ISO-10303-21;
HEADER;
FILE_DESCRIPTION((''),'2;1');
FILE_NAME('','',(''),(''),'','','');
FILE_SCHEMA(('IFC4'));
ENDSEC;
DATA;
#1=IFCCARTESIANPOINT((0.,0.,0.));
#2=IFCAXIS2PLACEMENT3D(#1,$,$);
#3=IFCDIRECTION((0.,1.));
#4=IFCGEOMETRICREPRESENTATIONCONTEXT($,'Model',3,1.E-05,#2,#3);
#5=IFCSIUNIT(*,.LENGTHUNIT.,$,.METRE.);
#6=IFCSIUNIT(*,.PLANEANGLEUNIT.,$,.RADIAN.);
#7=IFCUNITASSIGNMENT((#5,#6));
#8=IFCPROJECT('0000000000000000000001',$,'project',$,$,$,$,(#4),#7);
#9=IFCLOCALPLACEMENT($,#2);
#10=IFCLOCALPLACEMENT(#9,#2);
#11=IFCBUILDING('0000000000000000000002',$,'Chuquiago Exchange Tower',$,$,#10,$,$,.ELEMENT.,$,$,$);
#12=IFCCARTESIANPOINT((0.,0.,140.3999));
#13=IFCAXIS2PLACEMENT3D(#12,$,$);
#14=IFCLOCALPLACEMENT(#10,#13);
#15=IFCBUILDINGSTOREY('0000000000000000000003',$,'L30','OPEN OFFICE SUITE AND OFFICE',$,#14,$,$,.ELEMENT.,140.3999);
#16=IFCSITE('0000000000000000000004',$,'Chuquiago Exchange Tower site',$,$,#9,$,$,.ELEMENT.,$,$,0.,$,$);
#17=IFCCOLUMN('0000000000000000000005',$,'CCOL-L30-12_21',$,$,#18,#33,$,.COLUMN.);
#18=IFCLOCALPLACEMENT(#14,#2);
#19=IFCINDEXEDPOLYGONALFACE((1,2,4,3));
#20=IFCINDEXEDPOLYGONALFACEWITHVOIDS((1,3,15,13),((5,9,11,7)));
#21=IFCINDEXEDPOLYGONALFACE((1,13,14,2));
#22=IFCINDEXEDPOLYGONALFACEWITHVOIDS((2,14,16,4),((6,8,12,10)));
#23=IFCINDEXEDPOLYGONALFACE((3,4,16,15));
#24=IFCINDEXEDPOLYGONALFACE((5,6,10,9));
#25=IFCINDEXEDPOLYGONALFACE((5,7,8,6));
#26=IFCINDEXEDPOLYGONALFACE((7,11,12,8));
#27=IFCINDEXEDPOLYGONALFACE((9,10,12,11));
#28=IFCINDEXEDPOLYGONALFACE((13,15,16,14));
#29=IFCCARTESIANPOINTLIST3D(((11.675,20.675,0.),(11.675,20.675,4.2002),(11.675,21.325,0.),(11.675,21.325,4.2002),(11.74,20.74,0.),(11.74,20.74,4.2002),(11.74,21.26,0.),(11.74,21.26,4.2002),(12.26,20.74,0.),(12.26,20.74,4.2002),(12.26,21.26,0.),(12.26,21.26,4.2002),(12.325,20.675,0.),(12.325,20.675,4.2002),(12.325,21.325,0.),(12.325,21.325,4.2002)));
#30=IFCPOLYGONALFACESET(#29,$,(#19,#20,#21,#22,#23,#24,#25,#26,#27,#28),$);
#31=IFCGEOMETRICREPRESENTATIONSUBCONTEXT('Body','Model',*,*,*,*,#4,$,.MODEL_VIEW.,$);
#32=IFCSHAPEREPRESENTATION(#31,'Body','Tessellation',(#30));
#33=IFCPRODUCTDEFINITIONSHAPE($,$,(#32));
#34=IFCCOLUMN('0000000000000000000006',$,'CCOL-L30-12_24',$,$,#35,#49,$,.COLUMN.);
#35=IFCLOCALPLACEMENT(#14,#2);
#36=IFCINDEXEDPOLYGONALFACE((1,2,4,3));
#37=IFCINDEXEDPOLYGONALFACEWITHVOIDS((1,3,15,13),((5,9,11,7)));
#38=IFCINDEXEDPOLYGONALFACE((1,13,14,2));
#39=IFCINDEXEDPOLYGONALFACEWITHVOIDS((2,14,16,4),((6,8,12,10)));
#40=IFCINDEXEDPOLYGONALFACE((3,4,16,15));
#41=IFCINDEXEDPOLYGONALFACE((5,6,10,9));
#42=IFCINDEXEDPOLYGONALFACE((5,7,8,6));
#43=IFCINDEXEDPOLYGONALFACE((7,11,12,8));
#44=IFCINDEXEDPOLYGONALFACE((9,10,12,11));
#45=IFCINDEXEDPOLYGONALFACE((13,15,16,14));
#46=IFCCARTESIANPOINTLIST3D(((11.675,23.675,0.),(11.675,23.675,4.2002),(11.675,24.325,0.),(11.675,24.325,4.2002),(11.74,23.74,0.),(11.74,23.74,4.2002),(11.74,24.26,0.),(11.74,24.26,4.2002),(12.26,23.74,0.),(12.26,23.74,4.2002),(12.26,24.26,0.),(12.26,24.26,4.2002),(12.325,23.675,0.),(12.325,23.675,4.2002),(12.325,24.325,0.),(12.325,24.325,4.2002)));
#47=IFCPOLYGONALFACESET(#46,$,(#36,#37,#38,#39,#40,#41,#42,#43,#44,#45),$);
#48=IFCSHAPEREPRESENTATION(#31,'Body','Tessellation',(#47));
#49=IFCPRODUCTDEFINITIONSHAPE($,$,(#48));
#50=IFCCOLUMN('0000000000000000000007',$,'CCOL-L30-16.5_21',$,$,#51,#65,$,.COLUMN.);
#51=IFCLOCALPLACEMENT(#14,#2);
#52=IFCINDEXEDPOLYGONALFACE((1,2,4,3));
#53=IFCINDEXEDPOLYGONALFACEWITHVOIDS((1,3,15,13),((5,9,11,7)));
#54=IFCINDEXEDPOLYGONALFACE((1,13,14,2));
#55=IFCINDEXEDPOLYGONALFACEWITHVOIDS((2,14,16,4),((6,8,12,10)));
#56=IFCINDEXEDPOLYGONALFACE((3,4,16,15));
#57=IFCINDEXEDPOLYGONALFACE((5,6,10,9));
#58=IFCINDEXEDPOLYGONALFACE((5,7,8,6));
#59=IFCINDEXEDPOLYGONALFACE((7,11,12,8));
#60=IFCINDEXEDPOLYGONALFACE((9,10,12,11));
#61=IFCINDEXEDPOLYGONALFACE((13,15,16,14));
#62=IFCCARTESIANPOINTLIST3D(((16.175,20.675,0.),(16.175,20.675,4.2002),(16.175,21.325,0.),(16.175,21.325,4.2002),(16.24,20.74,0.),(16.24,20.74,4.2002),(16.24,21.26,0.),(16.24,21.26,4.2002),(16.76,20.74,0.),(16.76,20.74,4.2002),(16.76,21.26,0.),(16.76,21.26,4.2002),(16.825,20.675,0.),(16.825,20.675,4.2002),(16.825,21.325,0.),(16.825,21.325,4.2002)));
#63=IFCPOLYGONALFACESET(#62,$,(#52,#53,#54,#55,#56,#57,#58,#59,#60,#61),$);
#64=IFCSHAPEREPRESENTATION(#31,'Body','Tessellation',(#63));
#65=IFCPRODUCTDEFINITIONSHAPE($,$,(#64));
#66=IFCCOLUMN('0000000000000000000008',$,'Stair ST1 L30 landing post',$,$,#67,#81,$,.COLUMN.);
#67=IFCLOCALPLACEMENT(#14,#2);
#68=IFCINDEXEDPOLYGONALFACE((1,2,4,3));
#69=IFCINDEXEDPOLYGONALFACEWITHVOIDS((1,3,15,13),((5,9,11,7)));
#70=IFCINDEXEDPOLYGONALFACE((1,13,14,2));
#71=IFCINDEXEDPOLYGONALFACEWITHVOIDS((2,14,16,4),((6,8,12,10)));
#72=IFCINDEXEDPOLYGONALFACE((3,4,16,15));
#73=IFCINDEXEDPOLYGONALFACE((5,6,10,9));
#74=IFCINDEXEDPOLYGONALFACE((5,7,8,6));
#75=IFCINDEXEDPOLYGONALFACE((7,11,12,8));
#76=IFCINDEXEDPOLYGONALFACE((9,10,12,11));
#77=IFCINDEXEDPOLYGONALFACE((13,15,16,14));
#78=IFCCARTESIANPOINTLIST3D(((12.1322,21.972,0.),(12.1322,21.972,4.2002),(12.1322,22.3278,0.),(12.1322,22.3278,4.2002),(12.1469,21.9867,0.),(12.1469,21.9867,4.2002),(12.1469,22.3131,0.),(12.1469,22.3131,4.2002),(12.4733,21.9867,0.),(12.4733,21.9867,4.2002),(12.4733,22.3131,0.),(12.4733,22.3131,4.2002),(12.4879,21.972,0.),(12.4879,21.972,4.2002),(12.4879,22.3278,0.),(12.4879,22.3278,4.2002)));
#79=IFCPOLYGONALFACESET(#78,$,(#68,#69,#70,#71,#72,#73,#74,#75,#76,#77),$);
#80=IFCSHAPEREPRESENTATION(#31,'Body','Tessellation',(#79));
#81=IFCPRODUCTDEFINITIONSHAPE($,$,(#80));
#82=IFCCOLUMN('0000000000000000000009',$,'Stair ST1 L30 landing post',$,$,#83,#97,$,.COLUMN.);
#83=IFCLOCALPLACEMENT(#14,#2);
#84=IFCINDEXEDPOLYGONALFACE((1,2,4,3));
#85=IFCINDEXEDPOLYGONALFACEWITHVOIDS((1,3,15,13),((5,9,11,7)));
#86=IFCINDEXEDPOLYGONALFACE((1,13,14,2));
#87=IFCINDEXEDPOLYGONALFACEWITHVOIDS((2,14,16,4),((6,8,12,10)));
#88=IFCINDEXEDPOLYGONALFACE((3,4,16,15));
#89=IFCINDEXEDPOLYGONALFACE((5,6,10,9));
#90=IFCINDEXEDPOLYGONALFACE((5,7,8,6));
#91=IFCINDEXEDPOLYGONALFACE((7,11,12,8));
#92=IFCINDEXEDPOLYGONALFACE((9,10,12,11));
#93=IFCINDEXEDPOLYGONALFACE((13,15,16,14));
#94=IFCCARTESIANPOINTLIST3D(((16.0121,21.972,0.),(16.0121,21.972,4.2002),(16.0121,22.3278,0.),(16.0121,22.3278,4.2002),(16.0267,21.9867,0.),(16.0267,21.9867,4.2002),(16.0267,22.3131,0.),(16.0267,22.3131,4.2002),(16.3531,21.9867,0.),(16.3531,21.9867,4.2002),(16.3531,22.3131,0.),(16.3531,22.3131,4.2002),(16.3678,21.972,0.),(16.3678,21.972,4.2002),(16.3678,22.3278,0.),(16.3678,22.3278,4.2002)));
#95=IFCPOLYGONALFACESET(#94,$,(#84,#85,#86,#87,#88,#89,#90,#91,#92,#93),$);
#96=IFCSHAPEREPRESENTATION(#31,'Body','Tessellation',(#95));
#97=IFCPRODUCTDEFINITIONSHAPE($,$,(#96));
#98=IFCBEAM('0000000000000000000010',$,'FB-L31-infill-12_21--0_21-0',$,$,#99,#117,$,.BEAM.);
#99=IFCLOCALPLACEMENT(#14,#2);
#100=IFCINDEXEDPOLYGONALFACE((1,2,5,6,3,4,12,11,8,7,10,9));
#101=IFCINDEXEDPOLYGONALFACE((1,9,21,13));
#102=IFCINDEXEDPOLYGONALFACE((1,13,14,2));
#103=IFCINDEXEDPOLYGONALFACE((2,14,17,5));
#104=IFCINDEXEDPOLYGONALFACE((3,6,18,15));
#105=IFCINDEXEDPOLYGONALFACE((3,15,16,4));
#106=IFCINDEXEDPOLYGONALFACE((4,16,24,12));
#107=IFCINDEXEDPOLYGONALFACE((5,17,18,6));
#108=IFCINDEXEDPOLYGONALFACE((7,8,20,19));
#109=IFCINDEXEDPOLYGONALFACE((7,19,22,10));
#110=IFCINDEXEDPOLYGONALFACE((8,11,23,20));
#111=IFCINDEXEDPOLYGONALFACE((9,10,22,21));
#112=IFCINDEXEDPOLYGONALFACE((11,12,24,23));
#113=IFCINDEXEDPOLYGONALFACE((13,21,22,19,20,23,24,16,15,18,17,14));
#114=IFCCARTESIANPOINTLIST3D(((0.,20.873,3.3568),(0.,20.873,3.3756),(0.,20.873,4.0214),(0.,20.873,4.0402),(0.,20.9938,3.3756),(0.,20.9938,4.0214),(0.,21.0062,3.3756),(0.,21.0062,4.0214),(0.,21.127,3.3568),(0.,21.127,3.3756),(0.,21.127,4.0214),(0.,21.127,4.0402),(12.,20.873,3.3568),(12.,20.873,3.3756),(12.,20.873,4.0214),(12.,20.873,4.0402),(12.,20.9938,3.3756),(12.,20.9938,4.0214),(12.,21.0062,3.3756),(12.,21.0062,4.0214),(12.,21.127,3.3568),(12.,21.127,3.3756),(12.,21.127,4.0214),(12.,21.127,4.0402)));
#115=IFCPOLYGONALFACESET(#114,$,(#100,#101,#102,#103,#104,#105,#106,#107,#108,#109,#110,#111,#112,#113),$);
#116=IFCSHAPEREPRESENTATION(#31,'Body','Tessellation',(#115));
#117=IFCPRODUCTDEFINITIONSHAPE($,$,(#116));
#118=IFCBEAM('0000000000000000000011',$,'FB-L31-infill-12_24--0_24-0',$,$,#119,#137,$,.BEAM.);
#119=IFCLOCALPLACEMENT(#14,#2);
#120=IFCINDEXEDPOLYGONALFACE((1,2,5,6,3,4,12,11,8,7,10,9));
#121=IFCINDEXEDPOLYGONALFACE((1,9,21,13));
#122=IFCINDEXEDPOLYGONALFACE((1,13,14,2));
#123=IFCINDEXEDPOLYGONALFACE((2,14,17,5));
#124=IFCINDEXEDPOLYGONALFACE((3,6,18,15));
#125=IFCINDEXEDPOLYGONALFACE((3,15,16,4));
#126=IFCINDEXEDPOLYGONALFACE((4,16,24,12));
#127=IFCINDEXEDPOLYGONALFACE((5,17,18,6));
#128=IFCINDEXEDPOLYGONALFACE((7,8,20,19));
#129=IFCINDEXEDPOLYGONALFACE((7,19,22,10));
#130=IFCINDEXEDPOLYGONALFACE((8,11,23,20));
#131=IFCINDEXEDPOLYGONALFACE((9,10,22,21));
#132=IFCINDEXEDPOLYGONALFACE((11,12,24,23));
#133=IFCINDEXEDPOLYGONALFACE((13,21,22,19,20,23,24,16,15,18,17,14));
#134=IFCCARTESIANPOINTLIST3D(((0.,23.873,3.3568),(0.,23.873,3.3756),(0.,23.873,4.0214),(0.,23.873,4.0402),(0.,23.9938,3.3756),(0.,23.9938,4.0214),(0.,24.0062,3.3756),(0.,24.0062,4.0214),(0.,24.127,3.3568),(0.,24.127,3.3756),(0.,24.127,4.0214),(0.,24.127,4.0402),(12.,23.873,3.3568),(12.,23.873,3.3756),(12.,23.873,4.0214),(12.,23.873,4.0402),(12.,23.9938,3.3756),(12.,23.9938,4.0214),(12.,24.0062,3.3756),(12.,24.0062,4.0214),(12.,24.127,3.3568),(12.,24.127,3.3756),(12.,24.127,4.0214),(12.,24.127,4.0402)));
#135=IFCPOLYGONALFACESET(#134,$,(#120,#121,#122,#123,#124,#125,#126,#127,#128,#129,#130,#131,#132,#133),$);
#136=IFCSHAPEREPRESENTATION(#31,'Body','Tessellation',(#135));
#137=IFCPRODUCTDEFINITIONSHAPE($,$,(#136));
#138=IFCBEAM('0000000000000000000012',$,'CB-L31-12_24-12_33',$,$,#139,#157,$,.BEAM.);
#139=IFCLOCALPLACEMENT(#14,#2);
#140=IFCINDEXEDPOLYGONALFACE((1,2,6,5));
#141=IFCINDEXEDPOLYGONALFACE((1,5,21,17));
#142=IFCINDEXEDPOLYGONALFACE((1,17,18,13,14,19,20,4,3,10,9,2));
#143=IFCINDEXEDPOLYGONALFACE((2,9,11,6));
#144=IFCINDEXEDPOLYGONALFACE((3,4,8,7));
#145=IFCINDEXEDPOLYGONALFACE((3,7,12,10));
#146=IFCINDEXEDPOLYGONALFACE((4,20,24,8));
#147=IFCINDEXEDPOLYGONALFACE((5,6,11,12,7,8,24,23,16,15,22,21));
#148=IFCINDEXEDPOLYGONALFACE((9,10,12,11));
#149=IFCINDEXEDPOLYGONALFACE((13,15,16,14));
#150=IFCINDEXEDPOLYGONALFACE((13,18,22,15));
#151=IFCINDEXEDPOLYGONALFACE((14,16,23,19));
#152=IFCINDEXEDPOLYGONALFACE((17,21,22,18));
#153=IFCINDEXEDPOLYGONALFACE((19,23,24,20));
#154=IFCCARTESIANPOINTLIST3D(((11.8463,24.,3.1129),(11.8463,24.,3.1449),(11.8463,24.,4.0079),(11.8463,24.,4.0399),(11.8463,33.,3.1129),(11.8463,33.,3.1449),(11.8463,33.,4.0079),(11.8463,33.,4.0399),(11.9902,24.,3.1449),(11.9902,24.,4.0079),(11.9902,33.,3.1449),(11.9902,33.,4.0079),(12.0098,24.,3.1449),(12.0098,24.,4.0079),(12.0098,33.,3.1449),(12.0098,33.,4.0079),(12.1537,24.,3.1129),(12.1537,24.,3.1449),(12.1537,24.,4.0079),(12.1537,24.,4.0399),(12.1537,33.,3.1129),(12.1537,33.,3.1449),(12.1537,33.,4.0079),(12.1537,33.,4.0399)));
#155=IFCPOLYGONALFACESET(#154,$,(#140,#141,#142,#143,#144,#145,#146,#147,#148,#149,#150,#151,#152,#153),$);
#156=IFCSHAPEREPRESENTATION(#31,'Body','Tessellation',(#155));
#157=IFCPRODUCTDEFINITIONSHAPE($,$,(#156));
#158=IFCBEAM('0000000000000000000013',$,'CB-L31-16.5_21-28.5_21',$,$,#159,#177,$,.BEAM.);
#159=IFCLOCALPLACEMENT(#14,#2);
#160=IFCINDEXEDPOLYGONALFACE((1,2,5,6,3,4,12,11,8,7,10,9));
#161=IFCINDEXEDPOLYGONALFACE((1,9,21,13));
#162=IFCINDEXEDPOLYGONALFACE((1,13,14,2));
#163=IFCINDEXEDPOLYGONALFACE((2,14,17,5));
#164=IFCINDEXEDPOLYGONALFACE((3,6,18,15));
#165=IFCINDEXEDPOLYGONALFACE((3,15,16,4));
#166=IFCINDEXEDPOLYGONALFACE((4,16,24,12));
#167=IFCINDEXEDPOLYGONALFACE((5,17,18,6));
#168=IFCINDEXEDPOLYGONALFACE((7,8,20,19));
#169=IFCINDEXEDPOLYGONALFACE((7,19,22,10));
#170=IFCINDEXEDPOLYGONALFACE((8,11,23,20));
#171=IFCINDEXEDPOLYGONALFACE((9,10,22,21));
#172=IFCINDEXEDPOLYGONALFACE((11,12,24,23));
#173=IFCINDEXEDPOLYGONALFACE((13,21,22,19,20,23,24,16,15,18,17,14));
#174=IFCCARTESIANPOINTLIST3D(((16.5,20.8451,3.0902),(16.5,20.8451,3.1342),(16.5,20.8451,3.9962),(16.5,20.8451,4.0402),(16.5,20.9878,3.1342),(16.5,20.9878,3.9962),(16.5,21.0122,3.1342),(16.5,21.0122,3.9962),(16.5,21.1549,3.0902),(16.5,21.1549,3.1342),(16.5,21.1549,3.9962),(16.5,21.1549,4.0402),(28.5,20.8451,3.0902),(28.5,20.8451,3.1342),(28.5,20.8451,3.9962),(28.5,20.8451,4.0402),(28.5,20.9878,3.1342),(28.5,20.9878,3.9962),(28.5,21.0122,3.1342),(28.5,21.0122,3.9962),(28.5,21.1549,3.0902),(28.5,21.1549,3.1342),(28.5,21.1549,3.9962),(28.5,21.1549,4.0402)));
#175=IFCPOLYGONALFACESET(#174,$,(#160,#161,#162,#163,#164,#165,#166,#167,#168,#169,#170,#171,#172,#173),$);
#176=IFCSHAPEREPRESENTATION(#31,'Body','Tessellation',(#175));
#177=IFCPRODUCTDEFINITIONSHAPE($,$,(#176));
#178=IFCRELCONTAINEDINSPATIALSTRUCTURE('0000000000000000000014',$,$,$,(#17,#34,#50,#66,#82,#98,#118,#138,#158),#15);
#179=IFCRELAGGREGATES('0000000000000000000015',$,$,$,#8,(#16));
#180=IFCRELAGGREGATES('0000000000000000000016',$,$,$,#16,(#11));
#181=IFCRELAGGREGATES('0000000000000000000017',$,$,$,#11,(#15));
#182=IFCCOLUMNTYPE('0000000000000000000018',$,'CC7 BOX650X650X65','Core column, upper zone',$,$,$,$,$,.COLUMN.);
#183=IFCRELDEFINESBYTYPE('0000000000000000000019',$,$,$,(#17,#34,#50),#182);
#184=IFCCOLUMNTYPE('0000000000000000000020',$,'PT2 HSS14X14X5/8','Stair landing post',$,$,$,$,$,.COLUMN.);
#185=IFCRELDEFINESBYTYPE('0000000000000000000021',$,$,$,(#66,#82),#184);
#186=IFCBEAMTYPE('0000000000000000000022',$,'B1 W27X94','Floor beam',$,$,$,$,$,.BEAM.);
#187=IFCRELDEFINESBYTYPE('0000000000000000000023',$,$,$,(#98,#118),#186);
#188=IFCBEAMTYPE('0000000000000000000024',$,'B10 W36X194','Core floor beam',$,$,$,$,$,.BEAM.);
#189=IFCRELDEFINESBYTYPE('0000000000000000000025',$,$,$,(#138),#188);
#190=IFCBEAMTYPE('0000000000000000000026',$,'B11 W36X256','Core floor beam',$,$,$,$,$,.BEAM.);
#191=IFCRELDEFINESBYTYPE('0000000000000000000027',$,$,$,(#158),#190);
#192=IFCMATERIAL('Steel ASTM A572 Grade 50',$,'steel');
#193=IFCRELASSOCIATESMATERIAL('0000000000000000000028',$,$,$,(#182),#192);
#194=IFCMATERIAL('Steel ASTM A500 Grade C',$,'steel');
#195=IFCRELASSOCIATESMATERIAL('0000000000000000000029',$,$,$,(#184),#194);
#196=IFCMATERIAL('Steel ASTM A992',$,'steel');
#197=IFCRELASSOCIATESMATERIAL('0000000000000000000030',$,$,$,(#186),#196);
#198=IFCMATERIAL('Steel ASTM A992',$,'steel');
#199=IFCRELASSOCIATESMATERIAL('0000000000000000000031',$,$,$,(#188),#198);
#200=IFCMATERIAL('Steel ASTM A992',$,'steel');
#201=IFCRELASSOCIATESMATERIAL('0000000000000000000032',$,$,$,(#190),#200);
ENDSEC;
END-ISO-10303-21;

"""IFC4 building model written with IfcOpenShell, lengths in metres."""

from ifc_helpers import new_model, si_unit, direction, frame, origin, origin_2d, place, context, subcontext, project, spatial, hollow_rectangle, i_section, extrude, material, material_profile, profile_set, type_object, element, save


model = new_model("IFC4")

# Units and contexts
model_context = context("Model", 3, precision=1e-05, world=origin(), true_north=direction((0.0, 1.0)))
body_context = subcontext(model_context, "Body", "Model", "MODEL_VIEW")
ifc_project = project(units=[si_unit("LENGTHUNIT", "METRE"), si_unit("PLANEANGLEUNIT", "RADIAN")], contexts=[model_context])

# Site, building, storey
site_placement = place(None, origin())
site = spatial("IfcSite", under=ifc_project, at=site_placement, Name="Chuquiago Exchange Tower site", CompositionType="ELEMENT", RefElevation=0.0)
building_placement = place(site_placement, origin())
building = spatial("IfcBuilding", under=site, at=building_placement, Name="Chuquiago Exchange Tower", CompositionType="ELEMENT")
storey_placement = place(building_placement, frame((0.0, 0.0, 140.3999)))
storey = spatial("IfcBuildingStorey", under=building, at=storey_placement, Name="L30", Description="OPEN OFFICE SUITE AND OFFICE", CompositionType="ELEMENT", Elevation=140.3999)

# Columns
ifc_material_1 = material(Name="Steel ASTM A572 Grade 50", Category="steel")
ifc_material_profile_1 = material_profile(ifc_material_1, hollow_rectangle(XDim=0.6499, YDim=0.6499, WallThickness=0.0649, at=origin_2d()), Name="BOX650X650X65")
ifc_profile_set_1 = profile_set([ifc_material_profile_1], Name="Steel ASTM A572 Grade 50")
column_type_1 = type_object("IfcColumnType", Name="CC7 BOX650X650X65", Description="Core column, upper zone", PredefinedType="COLUMN", material=ifc_profile_set_1)
for number, where, z_axis, x_axis, name in (
    (1, (12.0, 21.0, 0.0), (0.0, 0.0, 1.0), (1.0, 0.0, 0.0), "CCOL-L30-12_21"),
    (2, (12.0, 24.0, 0.0), (0.0, 0.0, 1.0), (1.0, 0.0, 0.0), "CCOL-L30-12_24"),
    (3, (16.5, 21.0, 0.0), (0.0, 0.0, 1.0), (1.0, 0.0, 0.0), "CCOL-L30-16.5_21"),
):
    element("IfcColumn", number, at=place(storey_placement, frame(where, z_axis=z_axis, x_axis=x_axis)), inside=storey, type_object=column_type_1, Name=name, PredefinedType="COLUMN", context=body_context, shape_type="SweptSolid", body=[
        extrude(hollow_rectangle(XDim=0.6499, YDim=0.6499, WallThickness=0.0649, at=origin_2d()), origin(), (0.0, 0.0, 1.0), 4.2002),
    ])
ifc_material_2 = material(Name="Steel ASTM A500 Grade C", Category="steel")
ifc_material_profile_2 = material_profile(ifc_material_2, hollow_rectangle(XDim=0.3557, YDim=0.3557, WallThickness=0.0146, at=origin_2d()), Name="HSS14X14X5/8")
ifc_profile_set_2 = profile_set([ifc_material_profile_2], Name="Steel ASTM A500 Grade C")
column_type_2 = type_object("IfcColumnType", Name="PT2 HSS14X14X5/8", Description="Stair landing post", PredefinedType="COLUMN", material=ifc_profile_set_2)
for number, where, z_axis, x_axis, name in (
    (4, (12.3101, 22.1499, 0.0), (0.0, 0.0, 1.0), (1.0, 0.0, 0.0), "Stair ST1 L30 landing post"),
    (5, (16.1899, 22.1499, 0.0), (0.0, 0.0, 1.0), (1.0, 0.0, 0.0), "Stair ST1 L30 landing post"),
):
    element("IfcColumn", number, at=place(storey_placement, frame(where, z_axis=z_axis, x_axis=x_axis)), inside=storey, type_object=column_type_2, Name=name, PredefinedType="COLUMN", context=body_context, shape_type="SweptSolid", body=[
        extrude(hollow_rectangle(XDim=0.3557, YDim=0.3557, WallThickness=0.0146, at=origin_2d()), origin(), (0.0, 0.0, 1.0), 4.2002),
    ])

# Beams
ifc_material_3 = material(Name="Steel ASTM A992", Category="steel")
ifc_material_profile_3 = material_profile(ifc_material_3, i_section(OverallWidth=0.2539, OverallDepth=0.6833, WebThickness=0.0125, FlangeThickness=0.0188, at=origin_2d()), Name="W27X94")
ifc_profile_set_3 = profile_set([ifc_material_profile_3], Name="Steel ASTM A992")
beam_type_1 = type_object("IfcBeamType", Name="B1 W27X94", Description="Floor beam", PredefinedType="BEAM", material=ifc_profile_set_3)
for number, where, z_axis, x_axis, name in (
    (6, (12.0, 21.0, 3.6985), (-1.0, 0.0, 0.0), (0.0, -1.0, 0.0), "FB-L31-infill-12_21--0_21-0"),
    (7, (12.0, 24.0, 3.6985), (-1.0, 0.0, 0.0), (0.0, -1.0, 0.0), "FB-L31-infill-12_24--0_24-0"),
):
    element("IfcBeam", number, at=place(storey_placement, frame(where, z_axis=z_axis, x_axis=x_axis)), inside=storey, type_object=beam_type_1, Name=name, PredefinedType="BEAM", context=body_context, shape_type="SweptSolid", body=[
        extrude(i_section(OverallWidth=0.2539, OverallDepth=0.6833, WebThickness=0.0125, FlangeThickness=0.0188, at=origin_2d()), origin(), (0.0, 0.0, 1.0), 12.0),
    ])
ifc_material_4 = material(Name="Steel ASTM A992", Category="steel")
ifc_material_profile_4 = material_profile(ifc_material_4, i_section(OverallWidth=0.3074, OverallDepth=0.927, WebThickness=0.0195, FlangeThickness=0.032, at=origin_2d()), Name="W36X194")
ifc_profile_set_4 = profile_set([ifc_material_profile_4], Name="Steel ASTM A992")
beam_type_2 = type_object("IfcBeamType", Name="B10 W36X194", Description="Core floor beam", PredefinedType="BEAM", material=ifc_profile_set_4)
beam_1_placement = place(storey_placement, frame((12.0, 24.0, 3.5764), z_axis=(0.0, 1.0, 0.0), x_axis=(-1.0, 0.0, 0.0)))
element("IfcBeam", 8, at=beam_1_placement, inside=storey, type_object=beam_type_2, Name="CB-L31-12_24-12_33", PredefinedType="BEAM", context=body_context, shape_type="SweptSolid", body=[
    extrude(i_section(OverallWidth=0.3074, OverallDepth=0.927, WebThickness=0.0195, FlangeThickness=0.032, at=origin_2d()), origin(), (0.0, 0.0, 1.0), 9.0),
])
ifc_material_5 = material(Name="Steel ASTM A992", Category="steel")
ifc_material_profile_5 = material_profile(ifc_material_5, i_section(OverallWidth=0.3098, OverallDepth=0.95, WebThickness=0.0244, FlangeThickness=0.0439, at=origin_2d()), Name="W36X256")
ifc_profile_set_5 = profile_set([ifc_material_profile_5], Name="Steel ASTM A992")
beam_type_3 = type_object("IfcBeamType", Name="B11 W36X256", Description="Core floor beam", PredefinedType="BEAM", material=ifc_profile_set_5)
beam_2_placement = place(storey_placement, frame((16.5, 21.0, 3.5652), z_axis=(1.0, 0.0, 0.0), x_axis=(0.0, 1.0, 0.0)))
element("IfcBeam", 9, at=beam_2_placement, inside=storey, type_object=beam_type_3, Name="CB-L31-16.5_21-28.5_21", PredefinedType="BEAM", context=body_context, shape_type="SweptSolid", body=[
    extrude(i_section(OverallWidth=0.3098, OverallDepth=0.95, WebThickness=0.0244, FlangeThickness=0.0439, at=origin_2d()), origin(), (0.0, 0.0, 1.0), 12.0),
])

save(model, "model.ifc")
